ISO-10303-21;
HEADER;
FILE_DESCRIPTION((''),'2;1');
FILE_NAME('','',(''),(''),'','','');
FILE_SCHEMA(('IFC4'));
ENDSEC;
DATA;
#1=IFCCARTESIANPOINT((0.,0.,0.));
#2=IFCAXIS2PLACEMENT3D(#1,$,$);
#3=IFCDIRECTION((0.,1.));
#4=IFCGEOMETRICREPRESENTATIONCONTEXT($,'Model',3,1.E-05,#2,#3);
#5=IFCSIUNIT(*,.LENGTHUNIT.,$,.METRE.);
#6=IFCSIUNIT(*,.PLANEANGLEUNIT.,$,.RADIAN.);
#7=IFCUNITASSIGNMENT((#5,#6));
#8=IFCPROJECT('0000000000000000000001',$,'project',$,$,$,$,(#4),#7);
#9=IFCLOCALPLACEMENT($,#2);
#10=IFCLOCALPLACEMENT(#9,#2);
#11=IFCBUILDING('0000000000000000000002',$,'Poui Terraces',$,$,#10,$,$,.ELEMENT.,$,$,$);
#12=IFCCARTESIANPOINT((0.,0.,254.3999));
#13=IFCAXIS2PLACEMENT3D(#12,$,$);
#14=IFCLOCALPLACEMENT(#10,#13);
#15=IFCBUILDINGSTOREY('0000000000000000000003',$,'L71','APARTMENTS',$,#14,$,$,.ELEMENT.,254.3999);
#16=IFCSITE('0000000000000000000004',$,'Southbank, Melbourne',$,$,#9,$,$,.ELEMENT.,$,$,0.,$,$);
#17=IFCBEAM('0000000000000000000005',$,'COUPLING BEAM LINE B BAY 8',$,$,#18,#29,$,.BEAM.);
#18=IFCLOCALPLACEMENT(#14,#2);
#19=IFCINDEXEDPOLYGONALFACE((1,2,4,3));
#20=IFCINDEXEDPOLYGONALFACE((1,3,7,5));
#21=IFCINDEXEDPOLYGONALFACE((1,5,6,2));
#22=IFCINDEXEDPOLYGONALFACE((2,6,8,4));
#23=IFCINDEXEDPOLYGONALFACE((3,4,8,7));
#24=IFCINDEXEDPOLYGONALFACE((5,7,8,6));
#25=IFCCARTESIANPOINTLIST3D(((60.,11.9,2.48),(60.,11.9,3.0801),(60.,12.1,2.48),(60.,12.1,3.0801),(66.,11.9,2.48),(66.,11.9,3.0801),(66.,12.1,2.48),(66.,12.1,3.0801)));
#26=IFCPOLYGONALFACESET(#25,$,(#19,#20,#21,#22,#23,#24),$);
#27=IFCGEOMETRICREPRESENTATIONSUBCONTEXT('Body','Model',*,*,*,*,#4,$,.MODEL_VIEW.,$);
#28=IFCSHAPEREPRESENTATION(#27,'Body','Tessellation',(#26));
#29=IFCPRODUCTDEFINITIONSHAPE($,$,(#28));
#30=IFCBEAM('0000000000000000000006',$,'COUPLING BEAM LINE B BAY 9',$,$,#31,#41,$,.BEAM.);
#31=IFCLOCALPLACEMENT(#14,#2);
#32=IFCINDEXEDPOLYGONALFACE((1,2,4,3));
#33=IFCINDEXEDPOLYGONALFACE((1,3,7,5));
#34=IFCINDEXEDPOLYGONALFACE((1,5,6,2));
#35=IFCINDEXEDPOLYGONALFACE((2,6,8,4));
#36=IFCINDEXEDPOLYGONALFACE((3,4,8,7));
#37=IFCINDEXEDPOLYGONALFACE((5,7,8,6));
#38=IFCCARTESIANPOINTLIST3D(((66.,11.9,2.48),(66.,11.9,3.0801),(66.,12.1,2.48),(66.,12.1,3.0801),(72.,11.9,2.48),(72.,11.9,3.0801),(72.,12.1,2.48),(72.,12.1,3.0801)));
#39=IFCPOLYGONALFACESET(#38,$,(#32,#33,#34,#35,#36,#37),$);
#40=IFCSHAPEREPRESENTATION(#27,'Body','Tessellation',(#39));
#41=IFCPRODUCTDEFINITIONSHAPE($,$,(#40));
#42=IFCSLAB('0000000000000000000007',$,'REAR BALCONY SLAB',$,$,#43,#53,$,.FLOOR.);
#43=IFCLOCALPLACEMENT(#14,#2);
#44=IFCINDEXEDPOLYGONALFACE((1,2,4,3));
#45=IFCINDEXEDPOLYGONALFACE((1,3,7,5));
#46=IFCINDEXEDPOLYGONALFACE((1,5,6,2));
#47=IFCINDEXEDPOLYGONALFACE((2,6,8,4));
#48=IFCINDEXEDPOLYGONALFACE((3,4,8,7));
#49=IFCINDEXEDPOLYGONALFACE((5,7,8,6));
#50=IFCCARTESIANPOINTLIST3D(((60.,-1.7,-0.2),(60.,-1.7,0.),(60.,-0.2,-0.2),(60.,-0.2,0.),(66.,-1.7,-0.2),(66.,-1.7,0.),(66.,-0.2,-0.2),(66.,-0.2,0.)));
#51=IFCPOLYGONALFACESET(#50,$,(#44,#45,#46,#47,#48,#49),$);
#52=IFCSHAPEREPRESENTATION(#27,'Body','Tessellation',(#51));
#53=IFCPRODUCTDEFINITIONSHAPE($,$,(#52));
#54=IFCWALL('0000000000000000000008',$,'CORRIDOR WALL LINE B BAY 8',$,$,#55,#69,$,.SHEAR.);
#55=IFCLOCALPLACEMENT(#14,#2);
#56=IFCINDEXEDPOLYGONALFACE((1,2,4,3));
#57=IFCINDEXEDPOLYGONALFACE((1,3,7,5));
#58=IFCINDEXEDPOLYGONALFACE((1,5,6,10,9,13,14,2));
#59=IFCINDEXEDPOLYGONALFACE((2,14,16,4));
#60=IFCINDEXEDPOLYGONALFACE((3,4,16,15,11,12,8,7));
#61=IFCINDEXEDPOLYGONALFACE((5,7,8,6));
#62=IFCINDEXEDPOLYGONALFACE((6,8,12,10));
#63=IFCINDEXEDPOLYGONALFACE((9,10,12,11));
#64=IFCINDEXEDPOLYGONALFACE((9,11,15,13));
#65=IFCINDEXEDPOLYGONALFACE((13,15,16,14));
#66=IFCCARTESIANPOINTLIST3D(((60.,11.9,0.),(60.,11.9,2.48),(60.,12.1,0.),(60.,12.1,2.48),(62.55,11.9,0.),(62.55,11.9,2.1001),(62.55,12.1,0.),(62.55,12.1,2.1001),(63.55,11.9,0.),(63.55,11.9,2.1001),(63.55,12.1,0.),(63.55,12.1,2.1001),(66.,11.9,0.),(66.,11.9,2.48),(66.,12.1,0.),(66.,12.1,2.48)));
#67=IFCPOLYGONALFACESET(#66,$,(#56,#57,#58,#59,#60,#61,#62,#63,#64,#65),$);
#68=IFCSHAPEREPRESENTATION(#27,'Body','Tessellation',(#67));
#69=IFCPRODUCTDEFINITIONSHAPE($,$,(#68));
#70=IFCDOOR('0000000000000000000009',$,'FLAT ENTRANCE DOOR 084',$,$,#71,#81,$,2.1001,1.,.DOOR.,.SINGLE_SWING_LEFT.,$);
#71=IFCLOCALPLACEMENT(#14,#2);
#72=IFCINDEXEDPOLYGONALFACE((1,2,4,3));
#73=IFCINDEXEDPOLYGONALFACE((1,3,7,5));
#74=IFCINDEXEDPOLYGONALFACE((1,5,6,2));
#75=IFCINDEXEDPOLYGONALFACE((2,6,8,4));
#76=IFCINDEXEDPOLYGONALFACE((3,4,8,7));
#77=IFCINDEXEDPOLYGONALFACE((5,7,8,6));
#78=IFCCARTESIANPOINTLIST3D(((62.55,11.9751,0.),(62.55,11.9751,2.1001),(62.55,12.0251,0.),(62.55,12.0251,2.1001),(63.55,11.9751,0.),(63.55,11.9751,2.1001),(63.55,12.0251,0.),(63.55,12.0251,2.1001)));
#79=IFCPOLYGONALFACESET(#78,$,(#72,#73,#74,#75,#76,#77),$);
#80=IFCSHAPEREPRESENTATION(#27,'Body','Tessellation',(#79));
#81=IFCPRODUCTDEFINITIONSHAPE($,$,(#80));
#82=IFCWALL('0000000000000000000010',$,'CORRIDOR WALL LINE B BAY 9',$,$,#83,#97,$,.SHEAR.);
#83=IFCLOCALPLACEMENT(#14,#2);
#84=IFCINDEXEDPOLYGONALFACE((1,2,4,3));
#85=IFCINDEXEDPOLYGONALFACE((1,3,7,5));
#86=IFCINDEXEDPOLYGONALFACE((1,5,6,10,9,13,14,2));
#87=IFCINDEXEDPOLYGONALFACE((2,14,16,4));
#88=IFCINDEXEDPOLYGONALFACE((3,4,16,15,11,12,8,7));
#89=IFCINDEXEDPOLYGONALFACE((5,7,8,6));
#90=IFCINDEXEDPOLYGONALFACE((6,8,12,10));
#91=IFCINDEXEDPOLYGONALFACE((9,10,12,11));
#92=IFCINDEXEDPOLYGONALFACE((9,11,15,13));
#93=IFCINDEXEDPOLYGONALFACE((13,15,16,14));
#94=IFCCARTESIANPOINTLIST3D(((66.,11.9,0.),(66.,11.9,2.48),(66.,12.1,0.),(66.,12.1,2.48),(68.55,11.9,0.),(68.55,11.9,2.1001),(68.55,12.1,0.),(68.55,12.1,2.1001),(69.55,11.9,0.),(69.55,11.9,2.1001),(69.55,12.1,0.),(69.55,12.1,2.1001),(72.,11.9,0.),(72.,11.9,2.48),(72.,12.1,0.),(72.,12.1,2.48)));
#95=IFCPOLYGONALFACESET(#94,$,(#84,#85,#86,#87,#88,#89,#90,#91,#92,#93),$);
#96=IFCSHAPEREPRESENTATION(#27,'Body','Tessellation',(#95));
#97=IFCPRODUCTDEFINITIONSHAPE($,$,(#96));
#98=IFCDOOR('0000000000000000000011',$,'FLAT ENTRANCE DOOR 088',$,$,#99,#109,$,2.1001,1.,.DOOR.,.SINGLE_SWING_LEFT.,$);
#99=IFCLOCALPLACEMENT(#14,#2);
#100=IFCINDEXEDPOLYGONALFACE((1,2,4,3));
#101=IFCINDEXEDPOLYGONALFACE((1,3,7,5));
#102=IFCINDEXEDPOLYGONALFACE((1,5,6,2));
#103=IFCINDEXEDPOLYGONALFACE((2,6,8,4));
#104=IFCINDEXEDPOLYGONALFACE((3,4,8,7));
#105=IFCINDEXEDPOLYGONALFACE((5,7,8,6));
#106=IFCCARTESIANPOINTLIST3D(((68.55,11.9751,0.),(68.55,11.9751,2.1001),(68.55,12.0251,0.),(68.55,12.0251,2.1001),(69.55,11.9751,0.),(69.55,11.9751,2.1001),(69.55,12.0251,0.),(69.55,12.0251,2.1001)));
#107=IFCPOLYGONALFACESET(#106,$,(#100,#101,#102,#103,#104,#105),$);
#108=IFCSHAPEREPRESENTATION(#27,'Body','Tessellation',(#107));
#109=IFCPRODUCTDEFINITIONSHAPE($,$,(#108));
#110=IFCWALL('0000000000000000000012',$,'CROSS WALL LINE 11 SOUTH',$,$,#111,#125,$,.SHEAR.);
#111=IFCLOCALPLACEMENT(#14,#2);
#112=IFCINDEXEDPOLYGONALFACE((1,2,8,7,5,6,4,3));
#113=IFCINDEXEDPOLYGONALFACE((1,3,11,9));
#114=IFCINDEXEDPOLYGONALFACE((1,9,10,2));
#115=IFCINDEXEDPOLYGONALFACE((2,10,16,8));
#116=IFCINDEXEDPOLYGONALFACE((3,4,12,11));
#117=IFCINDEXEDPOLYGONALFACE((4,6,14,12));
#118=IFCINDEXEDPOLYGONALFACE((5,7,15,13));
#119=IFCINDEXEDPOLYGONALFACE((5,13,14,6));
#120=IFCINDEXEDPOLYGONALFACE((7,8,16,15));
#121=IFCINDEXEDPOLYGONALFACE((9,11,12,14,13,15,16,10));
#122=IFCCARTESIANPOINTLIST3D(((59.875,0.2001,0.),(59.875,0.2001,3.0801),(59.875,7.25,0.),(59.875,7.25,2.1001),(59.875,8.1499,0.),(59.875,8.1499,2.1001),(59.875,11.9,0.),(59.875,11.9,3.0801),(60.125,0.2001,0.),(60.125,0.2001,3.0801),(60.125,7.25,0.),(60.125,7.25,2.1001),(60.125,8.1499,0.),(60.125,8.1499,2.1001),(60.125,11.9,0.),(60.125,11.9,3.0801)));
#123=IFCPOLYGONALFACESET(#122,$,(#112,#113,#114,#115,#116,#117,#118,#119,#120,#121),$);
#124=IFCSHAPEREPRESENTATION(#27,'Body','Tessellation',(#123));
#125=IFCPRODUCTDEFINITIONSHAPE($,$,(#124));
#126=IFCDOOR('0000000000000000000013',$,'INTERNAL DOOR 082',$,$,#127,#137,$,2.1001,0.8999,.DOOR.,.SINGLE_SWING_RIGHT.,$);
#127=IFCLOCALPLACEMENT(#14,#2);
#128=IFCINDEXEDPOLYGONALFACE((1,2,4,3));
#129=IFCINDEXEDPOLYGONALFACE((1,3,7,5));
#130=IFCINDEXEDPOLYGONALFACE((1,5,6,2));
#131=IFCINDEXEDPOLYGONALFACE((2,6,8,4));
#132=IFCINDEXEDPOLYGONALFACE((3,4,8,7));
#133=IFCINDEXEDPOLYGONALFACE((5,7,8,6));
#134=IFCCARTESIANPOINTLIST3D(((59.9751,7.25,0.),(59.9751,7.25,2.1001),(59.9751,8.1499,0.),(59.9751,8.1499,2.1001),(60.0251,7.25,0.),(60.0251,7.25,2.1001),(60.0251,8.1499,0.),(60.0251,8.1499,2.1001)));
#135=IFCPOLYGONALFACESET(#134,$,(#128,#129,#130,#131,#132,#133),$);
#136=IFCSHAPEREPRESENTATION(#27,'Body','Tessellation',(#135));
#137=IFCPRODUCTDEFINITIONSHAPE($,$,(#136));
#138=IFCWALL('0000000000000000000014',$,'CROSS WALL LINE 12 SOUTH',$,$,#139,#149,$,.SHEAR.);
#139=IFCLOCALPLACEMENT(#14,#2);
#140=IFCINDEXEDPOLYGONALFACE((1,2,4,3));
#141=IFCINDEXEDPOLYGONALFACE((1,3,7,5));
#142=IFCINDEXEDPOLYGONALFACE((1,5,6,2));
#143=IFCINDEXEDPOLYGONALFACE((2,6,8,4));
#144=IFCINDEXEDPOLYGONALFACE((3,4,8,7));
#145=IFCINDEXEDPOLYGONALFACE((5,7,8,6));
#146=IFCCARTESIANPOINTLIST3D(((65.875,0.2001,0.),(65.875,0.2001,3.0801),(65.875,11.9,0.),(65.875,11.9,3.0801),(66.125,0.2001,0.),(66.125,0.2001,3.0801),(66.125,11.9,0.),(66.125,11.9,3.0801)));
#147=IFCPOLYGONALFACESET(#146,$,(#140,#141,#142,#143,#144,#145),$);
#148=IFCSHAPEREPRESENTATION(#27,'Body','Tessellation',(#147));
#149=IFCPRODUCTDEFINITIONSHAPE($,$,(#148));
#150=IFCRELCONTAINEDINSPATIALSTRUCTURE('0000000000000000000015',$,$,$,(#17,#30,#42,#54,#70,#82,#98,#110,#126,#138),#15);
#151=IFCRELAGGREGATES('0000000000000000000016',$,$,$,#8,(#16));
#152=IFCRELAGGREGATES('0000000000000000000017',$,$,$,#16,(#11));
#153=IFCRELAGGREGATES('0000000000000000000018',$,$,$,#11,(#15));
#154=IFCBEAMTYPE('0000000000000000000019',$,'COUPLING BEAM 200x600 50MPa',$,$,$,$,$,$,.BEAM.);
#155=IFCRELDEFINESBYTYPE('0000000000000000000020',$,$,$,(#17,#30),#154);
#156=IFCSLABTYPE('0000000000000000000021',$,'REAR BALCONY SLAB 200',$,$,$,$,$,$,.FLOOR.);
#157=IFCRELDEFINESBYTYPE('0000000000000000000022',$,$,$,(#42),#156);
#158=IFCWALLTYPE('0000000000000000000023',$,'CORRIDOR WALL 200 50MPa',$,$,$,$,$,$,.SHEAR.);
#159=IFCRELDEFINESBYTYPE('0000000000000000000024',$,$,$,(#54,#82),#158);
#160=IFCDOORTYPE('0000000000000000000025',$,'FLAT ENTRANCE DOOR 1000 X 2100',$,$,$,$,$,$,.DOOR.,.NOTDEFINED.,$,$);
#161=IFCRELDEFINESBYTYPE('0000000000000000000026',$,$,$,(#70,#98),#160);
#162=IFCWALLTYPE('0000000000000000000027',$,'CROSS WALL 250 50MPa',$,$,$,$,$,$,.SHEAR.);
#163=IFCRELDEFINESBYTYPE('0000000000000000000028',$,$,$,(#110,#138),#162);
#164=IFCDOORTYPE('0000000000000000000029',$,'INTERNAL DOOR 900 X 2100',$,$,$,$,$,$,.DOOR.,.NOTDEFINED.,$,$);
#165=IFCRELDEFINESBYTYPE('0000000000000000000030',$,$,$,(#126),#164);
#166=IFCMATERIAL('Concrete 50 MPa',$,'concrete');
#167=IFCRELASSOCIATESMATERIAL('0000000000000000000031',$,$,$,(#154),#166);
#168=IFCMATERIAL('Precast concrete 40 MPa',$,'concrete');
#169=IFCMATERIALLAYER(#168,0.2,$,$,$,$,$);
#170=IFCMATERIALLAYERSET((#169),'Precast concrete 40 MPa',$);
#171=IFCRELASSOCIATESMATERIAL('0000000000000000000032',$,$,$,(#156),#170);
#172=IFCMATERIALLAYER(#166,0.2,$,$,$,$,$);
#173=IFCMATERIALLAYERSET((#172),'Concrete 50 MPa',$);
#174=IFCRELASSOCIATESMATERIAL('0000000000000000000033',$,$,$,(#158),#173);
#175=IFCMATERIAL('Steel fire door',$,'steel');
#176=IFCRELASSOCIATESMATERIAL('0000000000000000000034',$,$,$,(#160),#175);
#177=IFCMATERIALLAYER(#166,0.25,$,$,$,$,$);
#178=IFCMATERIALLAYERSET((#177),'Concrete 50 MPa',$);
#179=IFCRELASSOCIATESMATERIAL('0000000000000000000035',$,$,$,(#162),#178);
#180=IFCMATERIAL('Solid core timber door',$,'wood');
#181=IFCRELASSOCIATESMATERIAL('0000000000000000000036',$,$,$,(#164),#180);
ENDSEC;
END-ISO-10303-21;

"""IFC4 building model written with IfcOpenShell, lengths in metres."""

from ifc_helpers import new_model, si_unit, direction, frame, frame_2d, origin, origin_2d, place, context, subcontext, project, spatial, polyline, rectangle, outline, extrude, source, transform, mapped, material, layer, layer_set, material_profile, profile_set, type_object, element, fill, save


model = new_model("IFC4")

# Units and contexts
model_context = context("Model", 3, precision=1e-05, world=origin(), true_north=direction((0.0, 1.0)))
body_context = subcontext(model_context, "Body", "Model", "MODEL_VIEW")
ifc_project = project(units=[si_unit("LENGTHUNIT", "METRE"), si_unit("PLANEANGLEUNIT", "RADIAN")], contexts=[model_context])

# Site, building, storey
site_placement = place(None, origin())
site = spatial("IfcSite", under=ifc_project, at=site_placement, Name="Southbank, Melbourne", CompositionType="ELEMENT", RefElevation=0.0)
building_placement = place(site_placement, origin())
building = spatial("IfcBuilding", under=site, at=building_placement, Name="Poui Terraces", CompositionType="ELEMENT")
storey_placement = place(building_placement, frame((0.0, 0.0, 254.3999)))
storey = spatial("IfcBuildingStorey", under=building, at=storey_placement, Name="L71", Description="APARTMENTS", CompositionType="ELEMENT", Elevation=254.3999)

# Beams
ifc_material_1 = material(Name="Concrete 50 MPa", Category="concrete")
ifc_material_profile_1 = material_profile(ifc_material_1, rectangle(XDim=0.2, YDim=0.6001, at=origin_2d()), Name="RC 200x600")
ifc_profile_set_1 = profile_set([ifc_material_profile_1], Name="Concrete 50 MPa")
beam_type = type_object("IfcBeamType", Name="COUPLING BEAM 200x600 50MPa", PredefinedType="BEAM", material=ifc_profile_set_1)
shared_shape_1 = source(origin(), body_context, "Body", "SweptSolid", [
    extrude(rectangle(XDim=0.2, YDim=0.6001, at=origin_2d()), origin(), (0.0, 0.0, 1.0), 6.0),
])
for number, where, z_axis, x_axis, name in (
    (1, (60.0, 12.0, 2.78), (1.0, 0.0, 0.0), (0.0, 1.0, 0.0), "COUPLING BEAM LINE B BAY 8"),
    (2, (66.0, 12.0, 2.78), (1.0, 0.0, 0.0), (0.0, 1.0, 0.0), "COUPLING BEAM LINE B BAY 9"),
):
    element("IfcBeam", number, at=place(storey_placement, frame(where, z_axis=z_axis, x_axis=x_axis)), inside=storey, type_object=beam_type, Name=name, PredefinedType="BEAM", context=body_context, shape_type="MappedRepresentation", body=[
        mapped(shared_shape_1, transform((0.0, 0.0, 0.0))),
    ])

# Slab
ifc_material_2 = material(Name="Precast concrete 40 MPa", Category="concrete")
ifc_layer_1 = layer(ifc_material_2, 0.2)
ifc_layer_set_1 = layer_set([ifc_layer_1], Name="Precast concrete 40 MPa")
slab_type = type_object("IfcSlabType", Name="REAR BALCONY SLAB 200", PredefinedType="FLOOR", material=ifc_layer_set_1)
shared_shape_2 = source(origin(), body_context, "Body", "SweptSolid", [
    extrude(outline(polyline([(0.0, 0.0), (6.0, 0.0), (6.0, 1.5), (0.0, 1.5), (0.0, 0.0)])), origin(), (0.0, 0.0, 1.0), 0.2),
])
slab_placement = place(storey_placement, frame((60.0, -1.7, -0.2)))
element("IfcSlab", 3, at=slab_placement, inside=storey, type_object=slab_type, Name="REAR BALCONY SLAB", PredefinedType="FLOOR", context=body_context, shape_type="MappedRepresentation", body=[
    mapped(shared_shape_2, transform((0.0, 0.0, 0.0))),
])

# Walls, openings, doors
ifc_layer_2 = layer(ifc_material_1, 0.2)
ifc_layer_set_2 = layer_set([ifc_layer_2], Name="Concrete 50 MPa")
wall_type_1 = type_object("IfcWallType", Name="CORRIDOR WALL 200 50MPa", PredefinedType="SHEAR", material=ifc_layer_set_2)
wall_1_placement = place(storey_placement, frame((60.0, 12.0, 0.0), z_axis=(0.0, 0.0, 1.0), x_axis=(1.0, 0.0, 0.0)))
wall_1 = element("IfcWall", 4, at=wall_1_placement, inside=storey, type_object=wall_type_1, Name="CORRIDOR WALL LINE B BAY 8", PredefinedType="SHEAR", context=body_context, shape_type="SweptSolid", body=[
    extrude(rectangle(XDim=6.0, YDim=0.2, at=frame_2d((3.0, 0.0))), origin(), (0.0, 0.0, 1.0), 2.48),
])
opening_1_placement = place(wall_1_placement, frame((2.55, 0.0, 0.0)))
opening_1 = element("IfcOpeningElement", 5, at=opening_1_placement, cuts=wall_1, PredefinedType="OPENING", context=body_context, shape_type="SweptSolid", body=[
    extrude(rectangle(XDim=1.0, YDim=2.1001, at=frame_2d((0.5, 1.05))), frame((0.0, 0.1099, 0.0), z_axis=(0.0, -1.0, 0.0), x_axis=(1.0, 0.0, 0.0)), (0.0, 0.0, 1.0), 0.22),
])
ifc_material_3 = material(Name="Steel fire door", Category="steel")
door_type_1 = type_object("IfcDoorType", Name="FLAT ENTRANCE DOOR 1000 X 2100", OperationType="NOTDEFINED", PredefinedType="DOOR", material=ifc_material_3)
door_1_placement = place(opening_1_placement, frame((1.0, 0.0, 0.0), z_axis=(0.0, 0.0, 1.0), x_axis=(-1.0, 0.0, 0.0)))
door_1 = element("IfcDoor", 6, at=door_1_placement, inside=storey, type_object=door_type_1, Name="FLAT ENTRANCE DOOR 084", OperationType="SINGLE_SWING_LEFT", OverallHeight=2.1001, OverallWidth=1.0, PredefinedType="DOOR", context=body_context, shape_type="SweptSolid", body=[
    extrude(rectangle(XDim=1.0, YDim=2.1001, at=frame_2d((0.5, 1.05))), frame((0.0, 0.0249, 0.0), z_axis=(0.0, -1.0, 0.0), x_axis=(1.0, 0.0, 0.0)), (0.0, 0.0, 1.0), 0.05),
])
fill(opening_1, door_1)
wall_2_placement = place(storey_placement, frame((66.0, 12.0, 0.0), z_axis=(0.0, 0.0, 1.0), x_axis=(1.0, 0.0, 0.0)))
wall_2 = element("IfcWall", 7, at=wall_2_placement, inside=storey, type_object=wall_type_1, Name="CORRIDOR WALL LINE B BAY 9", PredefinedType="SHEAR", context=body_context, shape_type="SweptSolid", body=[
    extrude(rectangle(XDim=6.0, YDim=0.2, at=frame_2d((3.0, 0.0))), origin(), (0.0, 0.0, 1.0), 2.48),
])
opening_2_placement = place(wall_2_placement, frame((2.55, 0.0, 0.0)))
opening_2 = element("IfcOpeningElement", 8, at=opening_2_placement, cuts=wall_2, PredefinedType="OPENING", context=body_context, shape_type="SweptSolid", body=[
    extrude(rectangle(XDim=1.0, YDim=2.1001, at=frame_2d((0.5, 1.05))), frame((0.0, 0.1099, 0.0), z_axis=(0.0, -1.0, 0.0), x_axis=(1.0, 0.0, 0.0)), (0.0, 0.0, 1.0), 0.22),
])
door_2_placement = place(opening_2_placement, frame((1.0, 0.0, 0.0), z_axis=(0.0, 0.0, 1.0), x_axis=(-1.0, 0.0, 0.0)))
door_2 = element("IfcDoor", 9, at=door_2_placement, inside=storey, type_object=door_type_1, Name="FLAT ENTRANCE DOOR 088", OperationType="SINGLE_SWING_LEFT", OverallHeight=2.1001, OverallWidth=1.0, PredefinedType="DOOR", context=body_context, shape_type="SweptSolid", body=[
    extrude(rectangle(XDim=1.0, YDim=2.1001, at=frame_2d((0.5, 1.05))), frame((0.0, 0.0249, 0.0), z_axis=(0.0, -1.0, 0.0), x_axis=(1.0, 0.0, 0.0)), (0.0, 0.0, 1.0), 0.05),
])
fill(opening_2, door_2)
ifc_layer_3 = layer(ifc_material_1, 0.25)
ifc_layer_set_3 = layer_set([ifc_layer_3], Name="Concrete 50 MPa")
wall_type_2 = type_object("IfcWallType", Name="CROSS WALL 250 50MPa", PredefinedType="SHEAR", material=ifc_layer_set_3)
wall_3_placement = place(storey_placement, frame((60.0, 0.2, 0.0), z_axis=(0.0, 0.0, 1.0), x_axis=(0.0, 1.0, 0.0)))
wall_3 = element("IfcWall", 10, at=wall_3_placement, inside=storey, type_object=wall_type_2, Name="CROSS WALL LINE 11 SOUTH", PredefinedType="SHEAR", context=body_context, shape_type="SweptSolid", body=[
    extrude(rectangle(XDim=11.7, YDim=0.25, at=frame_2d((5.8501, 0.0))), origin(), (0.0, 0.0, 1.0), 3.0801),
])
opening_3_placement = place(wall_3_placement, frame((7.05, 0.0, 0.0)))
opening_3 = element("IfcOpeningElement", 11, at=opening_3_placement, cuts=wall_3, PredefinedType="OPENING", context=body_context, shape_type="SweptSolid", body=[
    extrude(rectangle(XDim=0.8999, YDim=2.1001, at=frame_2d((0.45, 1.05))), frame((0.0, 0.135, 0.0), z_axis=(0.0, -1.0, 0.0), x_axis=(1.0, 0.0, 0.0)), (0.0, 0.0, 1.0), 0.27),
])
ifc_material_4 = material(Name="Solid core timber door", Category="wood")
door_type_2 = type_object("IfcDoorType", Name="INTERNAL DOOR 900 X 2100", OperationType="NOTDEFINED", PredefinedType="DOOR", material=ifc_material_4)
door_3_placement = place(opening_3_placement, origin())
door_3 = element("IfcDoor", 12, at=door_3_placement, inside=storey, type_object=door_type_2, Name="INTERNAL DOOR 082", OperationType="SINGLE_SWING_RIGHT", OverallHeight=2.1001, OverallWidth=0.8999, PredefinedType="DOOR", context=body_context, shape_type="SweptSolid", body=[
    extrude(rectangle(XDim=0.8999, YDim=2.1001, at=frame_2d((0.45, 1.05))), frame((0.0, 0.0249, 0.0), z_axis=(0.0, -1.0, 0.0), x_axis=(1.0, 0.0, 0.0)), (0.0, 0.0, 1.0), 0.05),
])
fill(opening_3, door_3)

# Wall
wall_4_placement = place(storey_placement, frame((66.0, 0.2, 0.0), z_axis=(0.0, 0.0, 1.0), x_axis=(0.0, 1.0, 0.0)))
element("IfcWall", 13, at=wall_4_placement, inside=storey, type_object=wall_type_2, Name="CROSS WALL LINE 12 SOUTH", PredefinedType="SHEAR", context=body_context, shape_type="SweptSolid", body=[
    extrude(rectangle(XDim=11.7, YDim=0.25, at=frame_2d((5.8501, 0.0))), origin(), (0.0, 0.0, 1.0), 3.0801),
])

save(model, "model.ifc")
